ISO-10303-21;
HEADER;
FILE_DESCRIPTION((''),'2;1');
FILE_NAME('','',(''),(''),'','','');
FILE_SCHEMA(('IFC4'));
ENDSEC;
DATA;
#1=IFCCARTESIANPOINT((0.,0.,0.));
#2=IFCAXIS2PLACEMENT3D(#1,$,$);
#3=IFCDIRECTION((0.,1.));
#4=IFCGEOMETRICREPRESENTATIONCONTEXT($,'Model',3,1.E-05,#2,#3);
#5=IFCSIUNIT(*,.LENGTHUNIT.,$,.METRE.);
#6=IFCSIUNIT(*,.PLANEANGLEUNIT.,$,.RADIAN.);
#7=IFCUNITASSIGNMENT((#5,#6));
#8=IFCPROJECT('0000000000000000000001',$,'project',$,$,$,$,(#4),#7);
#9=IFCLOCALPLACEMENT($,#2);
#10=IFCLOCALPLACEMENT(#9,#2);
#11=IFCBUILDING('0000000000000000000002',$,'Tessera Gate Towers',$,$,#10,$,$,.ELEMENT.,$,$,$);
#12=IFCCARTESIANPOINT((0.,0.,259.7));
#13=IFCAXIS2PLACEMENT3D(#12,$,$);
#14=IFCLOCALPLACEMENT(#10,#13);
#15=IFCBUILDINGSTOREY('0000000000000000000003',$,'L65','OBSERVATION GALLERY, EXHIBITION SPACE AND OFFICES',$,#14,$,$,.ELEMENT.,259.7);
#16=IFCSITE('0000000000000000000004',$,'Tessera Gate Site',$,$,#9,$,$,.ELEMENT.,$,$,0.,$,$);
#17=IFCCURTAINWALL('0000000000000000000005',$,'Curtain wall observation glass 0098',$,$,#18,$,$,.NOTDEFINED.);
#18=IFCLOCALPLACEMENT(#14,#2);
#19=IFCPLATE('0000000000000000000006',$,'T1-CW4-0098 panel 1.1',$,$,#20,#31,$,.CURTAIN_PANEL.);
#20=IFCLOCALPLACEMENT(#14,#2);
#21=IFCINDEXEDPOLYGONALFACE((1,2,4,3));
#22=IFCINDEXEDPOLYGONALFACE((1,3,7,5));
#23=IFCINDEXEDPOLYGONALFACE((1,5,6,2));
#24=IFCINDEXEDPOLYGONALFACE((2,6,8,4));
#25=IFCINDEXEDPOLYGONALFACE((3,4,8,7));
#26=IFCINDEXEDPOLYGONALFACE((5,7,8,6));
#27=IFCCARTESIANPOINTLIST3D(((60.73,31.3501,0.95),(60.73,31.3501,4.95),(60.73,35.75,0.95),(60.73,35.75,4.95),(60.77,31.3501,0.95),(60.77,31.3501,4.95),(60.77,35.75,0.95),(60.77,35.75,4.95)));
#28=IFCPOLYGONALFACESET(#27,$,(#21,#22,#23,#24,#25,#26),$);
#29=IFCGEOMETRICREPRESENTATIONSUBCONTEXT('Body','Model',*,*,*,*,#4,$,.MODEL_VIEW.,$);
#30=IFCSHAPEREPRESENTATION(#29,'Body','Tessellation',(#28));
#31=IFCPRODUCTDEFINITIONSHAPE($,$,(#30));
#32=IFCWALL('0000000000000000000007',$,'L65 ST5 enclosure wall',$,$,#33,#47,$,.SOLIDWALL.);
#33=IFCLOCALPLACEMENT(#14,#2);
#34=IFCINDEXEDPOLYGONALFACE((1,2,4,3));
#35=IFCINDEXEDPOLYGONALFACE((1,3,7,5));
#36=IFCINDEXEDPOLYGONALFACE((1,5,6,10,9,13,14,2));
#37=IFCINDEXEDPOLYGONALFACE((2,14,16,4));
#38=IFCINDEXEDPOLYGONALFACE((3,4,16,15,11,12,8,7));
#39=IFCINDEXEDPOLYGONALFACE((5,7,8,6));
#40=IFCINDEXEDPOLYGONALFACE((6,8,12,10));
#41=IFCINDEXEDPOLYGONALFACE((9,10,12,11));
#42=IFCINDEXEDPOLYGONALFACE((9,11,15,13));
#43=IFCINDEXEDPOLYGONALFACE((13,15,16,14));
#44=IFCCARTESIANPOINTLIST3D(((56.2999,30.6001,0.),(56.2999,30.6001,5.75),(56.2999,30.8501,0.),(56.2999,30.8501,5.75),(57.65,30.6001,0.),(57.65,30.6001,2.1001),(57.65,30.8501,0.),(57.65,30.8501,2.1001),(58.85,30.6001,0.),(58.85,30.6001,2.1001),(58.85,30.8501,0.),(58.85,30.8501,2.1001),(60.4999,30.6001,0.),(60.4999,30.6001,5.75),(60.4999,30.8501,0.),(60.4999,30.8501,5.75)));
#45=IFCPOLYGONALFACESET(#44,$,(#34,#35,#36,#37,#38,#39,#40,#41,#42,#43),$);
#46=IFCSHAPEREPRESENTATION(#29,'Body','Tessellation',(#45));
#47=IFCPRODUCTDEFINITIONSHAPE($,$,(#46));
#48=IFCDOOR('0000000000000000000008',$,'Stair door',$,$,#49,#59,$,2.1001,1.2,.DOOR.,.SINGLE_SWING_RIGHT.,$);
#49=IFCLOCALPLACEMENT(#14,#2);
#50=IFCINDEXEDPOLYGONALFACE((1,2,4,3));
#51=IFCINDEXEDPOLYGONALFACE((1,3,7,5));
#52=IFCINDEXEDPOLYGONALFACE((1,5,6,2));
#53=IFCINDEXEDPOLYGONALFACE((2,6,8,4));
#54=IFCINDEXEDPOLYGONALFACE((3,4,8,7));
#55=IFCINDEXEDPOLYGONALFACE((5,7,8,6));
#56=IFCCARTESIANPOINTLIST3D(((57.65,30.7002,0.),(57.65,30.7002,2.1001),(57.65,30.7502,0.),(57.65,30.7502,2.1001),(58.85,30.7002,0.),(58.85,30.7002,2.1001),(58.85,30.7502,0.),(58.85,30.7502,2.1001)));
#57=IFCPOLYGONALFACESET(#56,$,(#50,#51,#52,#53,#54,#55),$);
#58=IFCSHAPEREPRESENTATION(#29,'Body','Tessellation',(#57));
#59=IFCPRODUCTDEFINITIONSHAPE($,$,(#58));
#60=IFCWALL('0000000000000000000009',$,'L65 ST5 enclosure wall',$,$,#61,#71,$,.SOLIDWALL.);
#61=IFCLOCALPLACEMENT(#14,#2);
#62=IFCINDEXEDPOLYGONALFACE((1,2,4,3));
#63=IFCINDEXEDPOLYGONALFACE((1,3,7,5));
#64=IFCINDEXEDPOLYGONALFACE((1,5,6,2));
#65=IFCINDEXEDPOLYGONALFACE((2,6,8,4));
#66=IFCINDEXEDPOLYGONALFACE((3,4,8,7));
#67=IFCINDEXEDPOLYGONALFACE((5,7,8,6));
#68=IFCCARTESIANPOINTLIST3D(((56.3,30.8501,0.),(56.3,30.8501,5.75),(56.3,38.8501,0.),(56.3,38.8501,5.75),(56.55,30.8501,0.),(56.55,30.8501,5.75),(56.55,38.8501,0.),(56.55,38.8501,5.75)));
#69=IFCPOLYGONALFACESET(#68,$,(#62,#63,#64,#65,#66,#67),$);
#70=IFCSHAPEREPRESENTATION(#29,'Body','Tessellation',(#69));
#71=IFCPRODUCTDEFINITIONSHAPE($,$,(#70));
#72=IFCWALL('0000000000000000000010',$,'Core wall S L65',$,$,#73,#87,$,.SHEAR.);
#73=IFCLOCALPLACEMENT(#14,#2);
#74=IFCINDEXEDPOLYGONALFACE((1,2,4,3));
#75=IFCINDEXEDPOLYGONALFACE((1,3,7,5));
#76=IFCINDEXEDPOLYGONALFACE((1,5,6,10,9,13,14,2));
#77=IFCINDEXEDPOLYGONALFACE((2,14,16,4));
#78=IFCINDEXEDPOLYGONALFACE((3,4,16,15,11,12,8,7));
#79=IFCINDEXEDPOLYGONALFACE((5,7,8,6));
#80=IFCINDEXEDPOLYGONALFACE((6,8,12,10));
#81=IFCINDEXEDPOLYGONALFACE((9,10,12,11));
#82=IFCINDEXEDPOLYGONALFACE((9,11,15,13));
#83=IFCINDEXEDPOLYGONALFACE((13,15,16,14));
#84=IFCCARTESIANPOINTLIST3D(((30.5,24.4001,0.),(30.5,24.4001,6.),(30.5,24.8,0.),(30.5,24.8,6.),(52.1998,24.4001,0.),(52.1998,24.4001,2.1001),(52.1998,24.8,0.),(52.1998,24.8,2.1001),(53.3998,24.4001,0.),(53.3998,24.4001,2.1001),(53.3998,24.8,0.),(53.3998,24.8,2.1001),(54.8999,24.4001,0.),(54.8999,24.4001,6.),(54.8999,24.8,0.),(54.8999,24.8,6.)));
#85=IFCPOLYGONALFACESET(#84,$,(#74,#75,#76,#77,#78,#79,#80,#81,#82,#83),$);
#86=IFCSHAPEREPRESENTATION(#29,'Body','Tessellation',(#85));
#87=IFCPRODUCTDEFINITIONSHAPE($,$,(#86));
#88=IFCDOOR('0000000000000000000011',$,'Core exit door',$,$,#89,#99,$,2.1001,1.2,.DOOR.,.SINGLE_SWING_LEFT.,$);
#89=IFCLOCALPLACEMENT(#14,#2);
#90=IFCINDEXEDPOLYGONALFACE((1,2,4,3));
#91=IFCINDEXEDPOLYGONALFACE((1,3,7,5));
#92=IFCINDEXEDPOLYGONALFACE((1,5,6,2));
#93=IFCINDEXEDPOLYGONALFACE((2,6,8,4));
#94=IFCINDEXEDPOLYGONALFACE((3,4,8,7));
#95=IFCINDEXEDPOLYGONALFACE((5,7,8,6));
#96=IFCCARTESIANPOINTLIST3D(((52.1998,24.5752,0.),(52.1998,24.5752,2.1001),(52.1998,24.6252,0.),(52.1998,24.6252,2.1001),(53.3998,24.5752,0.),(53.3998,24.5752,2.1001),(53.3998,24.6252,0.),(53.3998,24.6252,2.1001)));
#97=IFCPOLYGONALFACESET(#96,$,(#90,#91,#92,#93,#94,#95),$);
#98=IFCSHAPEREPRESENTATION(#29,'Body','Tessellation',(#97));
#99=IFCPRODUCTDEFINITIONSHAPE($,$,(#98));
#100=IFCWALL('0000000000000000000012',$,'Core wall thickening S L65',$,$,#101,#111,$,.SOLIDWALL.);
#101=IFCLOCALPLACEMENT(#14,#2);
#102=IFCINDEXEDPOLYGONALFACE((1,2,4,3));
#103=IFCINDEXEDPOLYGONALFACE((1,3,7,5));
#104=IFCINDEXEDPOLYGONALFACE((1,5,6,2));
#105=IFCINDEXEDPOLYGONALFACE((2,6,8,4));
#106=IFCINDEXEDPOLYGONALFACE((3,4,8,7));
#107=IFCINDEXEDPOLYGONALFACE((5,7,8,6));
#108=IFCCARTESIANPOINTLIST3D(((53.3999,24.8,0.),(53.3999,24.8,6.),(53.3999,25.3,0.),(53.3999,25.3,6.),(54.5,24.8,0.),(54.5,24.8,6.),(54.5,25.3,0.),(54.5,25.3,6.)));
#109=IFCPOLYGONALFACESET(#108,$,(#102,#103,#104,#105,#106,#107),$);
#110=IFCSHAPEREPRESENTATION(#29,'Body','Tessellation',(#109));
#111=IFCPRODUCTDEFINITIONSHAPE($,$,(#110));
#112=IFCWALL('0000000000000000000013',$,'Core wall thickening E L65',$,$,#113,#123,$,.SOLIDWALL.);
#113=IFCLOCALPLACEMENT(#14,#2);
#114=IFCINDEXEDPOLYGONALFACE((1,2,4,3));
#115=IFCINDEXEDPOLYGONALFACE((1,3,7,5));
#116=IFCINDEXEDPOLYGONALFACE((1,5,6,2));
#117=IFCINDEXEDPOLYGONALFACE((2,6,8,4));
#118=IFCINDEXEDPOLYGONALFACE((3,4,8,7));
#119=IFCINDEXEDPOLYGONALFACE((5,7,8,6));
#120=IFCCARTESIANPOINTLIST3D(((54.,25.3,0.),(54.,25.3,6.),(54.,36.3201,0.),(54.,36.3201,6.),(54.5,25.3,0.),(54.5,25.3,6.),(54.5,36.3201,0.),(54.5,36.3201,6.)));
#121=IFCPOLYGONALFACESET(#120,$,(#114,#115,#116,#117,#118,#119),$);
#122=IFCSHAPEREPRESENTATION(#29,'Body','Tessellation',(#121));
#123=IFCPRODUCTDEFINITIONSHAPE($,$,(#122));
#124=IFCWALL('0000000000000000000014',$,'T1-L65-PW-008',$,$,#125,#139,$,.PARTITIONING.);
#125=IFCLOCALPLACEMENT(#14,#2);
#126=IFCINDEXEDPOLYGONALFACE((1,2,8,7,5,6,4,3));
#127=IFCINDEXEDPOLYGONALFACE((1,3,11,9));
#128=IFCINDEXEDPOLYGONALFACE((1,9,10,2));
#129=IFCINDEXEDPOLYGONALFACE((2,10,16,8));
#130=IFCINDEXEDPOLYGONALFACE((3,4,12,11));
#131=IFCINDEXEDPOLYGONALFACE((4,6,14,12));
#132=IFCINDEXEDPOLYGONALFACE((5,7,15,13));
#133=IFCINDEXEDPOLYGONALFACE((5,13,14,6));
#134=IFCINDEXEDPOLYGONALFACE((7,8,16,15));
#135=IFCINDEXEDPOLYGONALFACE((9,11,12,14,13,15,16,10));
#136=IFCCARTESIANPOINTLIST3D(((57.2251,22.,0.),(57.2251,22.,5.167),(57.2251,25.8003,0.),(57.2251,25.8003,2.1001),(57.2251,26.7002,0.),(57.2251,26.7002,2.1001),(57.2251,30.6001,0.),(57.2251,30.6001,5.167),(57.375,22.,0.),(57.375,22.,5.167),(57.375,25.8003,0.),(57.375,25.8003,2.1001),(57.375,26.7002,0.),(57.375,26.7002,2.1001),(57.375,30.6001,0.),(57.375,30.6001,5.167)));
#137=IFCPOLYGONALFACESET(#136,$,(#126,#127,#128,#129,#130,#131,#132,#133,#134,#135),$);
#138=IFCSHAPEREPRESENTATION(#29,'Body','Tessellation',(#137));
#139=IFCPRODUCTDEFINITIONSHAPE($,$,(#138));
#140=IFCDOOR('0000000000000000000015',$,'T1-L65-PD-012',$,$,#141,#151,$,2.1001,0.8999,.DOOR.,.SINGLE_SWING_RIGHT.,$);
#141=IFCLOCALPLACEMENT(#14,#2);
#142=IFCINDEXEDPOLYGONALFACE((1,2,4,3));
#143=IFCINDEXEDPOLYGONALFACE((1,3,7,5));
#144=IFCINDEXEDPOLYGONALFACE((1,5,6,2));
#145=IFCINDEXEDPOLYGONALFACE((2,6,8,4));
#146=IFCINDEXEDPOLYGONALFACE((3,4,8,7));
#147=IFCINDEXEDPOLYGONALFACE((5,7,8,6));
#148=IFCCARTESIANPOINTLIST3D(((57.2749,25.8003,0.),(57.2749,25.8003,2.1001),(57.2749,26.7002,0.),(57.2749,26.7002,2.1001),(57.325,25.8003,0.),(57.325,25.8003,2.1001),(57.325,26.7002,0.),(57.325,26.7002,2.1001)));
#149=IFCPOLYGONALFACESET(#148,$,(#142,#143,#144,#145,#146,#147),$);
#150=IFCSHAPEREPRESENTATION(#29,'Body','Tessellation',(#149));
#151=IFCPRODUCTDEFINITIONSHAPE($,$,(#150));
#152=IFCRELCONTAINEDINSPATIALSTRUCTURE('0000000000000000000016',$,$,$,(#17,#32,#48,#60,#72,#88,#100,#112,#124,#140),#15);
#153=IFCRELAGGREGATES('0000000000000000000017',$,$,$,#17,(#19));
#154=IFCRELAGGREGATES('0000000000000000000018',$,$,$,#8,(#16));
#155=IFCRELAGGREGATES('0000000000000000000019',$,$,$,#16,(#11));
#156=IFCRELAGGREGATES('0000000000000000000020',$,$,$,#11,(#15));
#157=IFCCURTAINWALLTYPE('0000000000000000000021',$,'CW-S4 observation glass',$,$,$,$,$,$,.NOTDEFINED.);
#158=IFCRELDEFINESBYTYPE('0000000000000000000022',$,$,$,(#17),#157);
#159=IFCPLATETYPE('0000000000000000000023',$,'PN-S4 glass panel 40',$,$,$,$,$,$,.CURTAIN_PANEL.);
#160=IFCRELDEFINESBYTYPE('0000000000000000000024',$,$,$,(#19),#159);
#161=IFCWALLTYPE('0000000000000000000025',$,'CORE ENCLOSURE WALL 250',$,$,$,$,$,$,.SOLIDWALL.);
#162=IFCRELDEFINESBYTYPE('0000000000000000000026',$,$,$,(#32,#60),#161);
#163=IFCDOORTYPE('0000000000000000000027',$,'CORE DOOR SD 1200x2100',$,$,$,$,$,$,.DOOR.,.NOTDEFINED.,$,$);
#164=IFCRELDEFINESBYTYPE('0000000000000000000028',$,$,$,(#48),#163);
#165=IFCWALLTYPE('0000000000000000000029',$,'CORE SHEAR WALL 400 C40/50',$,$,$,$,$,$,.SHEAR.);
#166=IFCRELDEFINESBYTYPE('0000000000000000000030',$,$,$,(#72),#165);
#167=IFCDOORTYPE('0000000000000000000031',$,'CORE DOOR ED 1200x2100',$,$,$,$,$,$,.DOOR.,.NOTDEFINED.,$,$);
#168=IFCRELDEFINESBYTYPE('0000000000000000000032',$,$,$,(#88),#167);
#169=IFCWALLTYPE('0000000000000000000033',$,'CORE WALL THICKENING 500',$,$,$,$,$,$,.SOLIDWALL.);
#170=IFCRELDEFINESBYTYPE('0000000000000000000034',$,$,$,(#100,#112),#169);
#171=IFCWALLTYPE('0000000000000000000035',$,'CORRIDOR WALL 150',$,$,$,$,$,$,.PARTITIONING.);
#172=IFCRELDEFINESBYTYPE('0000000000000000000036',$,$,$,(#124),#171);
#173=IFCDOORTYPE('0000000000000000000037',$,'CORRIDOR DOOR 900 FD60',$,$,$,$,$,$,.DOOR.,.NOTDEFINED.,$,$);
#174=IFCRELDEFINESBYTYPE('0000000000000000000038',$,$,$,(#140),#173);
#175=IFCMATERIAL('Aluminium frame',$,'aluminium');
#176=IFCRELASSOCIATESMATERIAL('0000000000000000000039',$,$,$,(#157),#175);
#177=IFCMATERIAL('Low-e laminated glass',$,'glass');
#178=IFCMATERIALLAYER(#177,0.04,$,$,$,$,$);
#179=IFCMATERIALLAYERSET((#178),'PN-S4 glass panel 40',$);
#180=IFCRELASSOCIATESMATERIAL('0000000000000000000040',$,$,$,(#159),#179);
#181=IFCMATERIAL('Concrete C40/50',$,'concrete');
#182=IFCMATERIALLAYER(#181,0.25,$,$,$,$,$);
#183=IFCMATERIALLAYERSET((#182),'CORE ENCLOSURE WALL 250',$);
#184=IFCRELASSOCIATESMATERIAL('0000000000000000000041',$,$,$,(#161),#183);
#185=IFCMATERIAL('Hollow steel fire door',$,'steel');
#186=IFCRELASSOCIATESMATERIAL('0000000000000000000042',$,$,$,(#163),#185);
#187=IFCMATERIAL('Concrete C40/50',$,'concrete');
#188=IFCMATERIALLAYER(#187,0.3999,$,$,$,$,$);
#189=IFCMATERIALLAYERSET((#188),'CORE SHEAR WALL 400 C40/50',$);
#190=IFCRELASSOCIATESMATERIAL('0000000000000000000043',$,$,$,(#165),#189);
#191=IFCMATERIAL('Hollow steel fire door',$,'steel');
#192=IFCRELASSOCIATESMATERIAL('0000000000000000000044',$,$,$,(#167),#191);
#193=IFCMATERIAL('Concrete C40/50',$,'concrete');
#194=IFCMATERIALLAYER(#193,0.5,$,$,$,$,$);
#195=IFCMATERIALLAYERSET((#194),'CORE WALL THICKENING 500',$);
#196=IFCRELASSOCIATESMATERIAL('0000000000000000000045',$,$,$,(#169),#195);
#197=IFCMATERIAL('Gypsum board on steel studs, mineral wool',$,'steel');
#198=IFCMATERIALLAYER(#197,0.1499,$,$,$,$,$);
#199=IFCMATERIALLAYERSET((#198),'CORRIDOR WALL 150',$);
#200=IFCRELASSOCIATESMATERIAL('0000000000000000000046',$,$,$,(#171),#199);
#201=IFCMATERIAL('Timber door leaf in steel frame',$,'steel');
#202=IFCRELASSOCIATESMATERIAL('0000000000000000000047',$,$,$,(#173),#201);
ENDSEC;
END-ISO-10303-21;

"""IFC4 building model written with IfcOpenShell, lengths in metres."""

from ifc_helpers import new_model, si_unit, direction, frame, frame_2d, origin, origin_2d, place, context, subcontext, project, spatial, rectangle, extrude, source, transform, mapped, material, layer, layer_set, type_object, element, fill, aggregate, save


model = new_model("IFC4")

# Units and contexts
model_context = context("Model", 3, precision=1e-05, world=origin(), true_north=direction((0.0, 1.0)))
body_context = subcontext(model_context, "Body", "Model", "MODEL_VIEW")
ifc_project = project(units=[si_unit("LENGTHUNIT", "METRE"), si_unit("PLANEANGLEUNIT", "RADIAN")], contexts=[model_context])

# Site, building, storey
site_placement = place(None, origin())
site = spatial("IfcSite", under=ifc_project, at=site_placement, Name="Tessera Gate Site", CompositionType="ELEMENT", RefElevation=0.0)
building_placement = place(site_placement, origin())
building = spatial("IfcBuilding", under=site, at=building_placement, Name="Tessera Gate Towers", CompositionType="ELEMENT")
storey_placement = place(building_placement, frame((0.0, 0.0, 259.7)))
storey = spatial("IfcBuildingStorey", under=building, at=storey_placement, Name="L65", Description="OBSERVATION GALLERY, EXHIBITION SPACE AND OFFICES", CompositionType="ELEMENT", Elevation=259.7)

# Curtain wall
ifc_material_1 = material(Name="Aluminium frame", Category="aluminium")
curtain_wall_type = type_object("IfcCurtainWallType", Name="CW-S4 observation glass", PredefinedType="NOTDEFINED", material=ifc_material_1)
curtain_wall_1_placement = place(storey_placement, origin())
curtain_wall_1 = element("IfcCurtainWall", 1, at=curtain_wall_1_placement, inside=storey, type_object=curtain_wall_type, Name="Curtain wall observation glass 0098", PredefinedType="NOTDEFINED")

# Plate
ifc_material_2 = material(Name="Low-e laminated glass", Category="glass")
ifc_layer_1 = layer(ifc_material_2, 0.04)
ifc_layer_set_1 = layer_set([ifc_layer_1], Name="PN-S4 glass panel 40")
plate_type = type_object("IfcPlateType", Name="PN-S4 glass panel 40", PredefinedType="CURTAIN_PANEL", material=ifc_layer_set_1)
plate_1_placement = place(storey_placement, frame((60.75, 33.55, 0.95), z_axis=(0.0, 0.0, 1.0), x_axis=(0.0, 1.0, 0.0)))
plate_1 = element("IfcPlate", 2, at=plate_1_placement, type_object=plate_type, Name="T1-CW4-0098 panel 1.1", PredefinedType="CURTAIN_PANEL", context=body_context, shape_type="SweptSolid", body=[
    extrude(rectangle(XDim=4.3999, YDim=0.04, at=origin_2d()), origin(), (0.0, 0.0, 1.0), 4.0),
])
aggregate(curtain_wall_1, [plate_1])

# Wall, opening, door
ifc_material_3 = material(Name="Concrete C40/50", Category="concrete")
ifc_layer_2 = layer(ifc_material_3, 0.25)
ifc_layer_set_2 = layer_set([ifc_layer_2], Name="CORE ENCLOSURE WALL 250")
wall_type_1 = type_object("IfcWallType", Name="CORE ENCLOSURE WALL 250", PredefinedType="SOLIDWALL", material=ifc_layer_set_2)
wall_1_placement = place(storey_placement, frame((60.5, 30.7251, 0.0), z_axis=(0.0, 0.0, 1.0), x_axis=(-1.0, 0.0, 0.0)))
wall_1 = element("IfcWall", 3, at=wall_1_placement, inside=storey, type_object=wall_type_1, Name="L65 ST5 enclosure wall", PredefinedType="SOLIDWALL", context=body_context, shape_type="SweptSolid", body=[
    extrude(rectangle(XDim=4.2, YDim=0.25, at=frame_2d((2.1001, 0.0))), origin(), (0.0, 0.0, 1.0), 5.75),
])
shared_shape_1 = source(origin(), body_context, "Body", "SweptSolid", [
    extrude(rectangle(XDim=1.2, YDim=2.1001, at=frame_2d((0.6001, 1.05))), frame((0.0, 0.135, 0.0), z_axis=(0.0, -1.0, 0.0), x_axis=(1.0, 0.0, 0.0)), (0.0, 0.0, 1.0), 0.27),
])
opening_1_placement = place(wall_1_placement, frame((1.6499, 0.0, 0.0)))
opening_1 = element("IfcOpeningElement", 4, at=opening_1_placement, cuts=wall_1, PredefinedType="OPENING", context=body_context, shape_type="MappedRepresentation", body=[
    mapped(shared_shape_1, transform((0.0, 0.0, 0.0), scale=1.0)),
])
ifc_material_4 = material(Name="Hollow steel fire door", Category="steel")
door_type_1 = type_object("IfcDoorType", Name="CORE DOOR SD 1200x2100", OperationType="NOTDEFINED", PredefinedType="DOOR", material=ifc_material_4)
shared_shape_2 = source(origin(), body_context, "Body", "SweptSolid", [
    extrude(rectangle(XDim=1.2, YDim=2.1001, at=frame_2d((0.6001, 1.05))), frame((0.0, 0.0249, 0.0), z_axis=(0.0, -1.0, 0.0), x_axis=(1.0, 0.0, 0.0)), (0.0, 0.0, 1.0), 0.05),
])
door_1_placement = place(opening_1_placement, origin())
door_1 = element("IfcDoor", 5, at=door_1_placement, inside=storey, type_object=door_type_1, Name="Stair door", OperationType="SINGLE_SWING_RIGHT", OverallHeight=2.1001, OverallWidth=1.2, PredefinedType="DOOR", context=body_context, shape_type="MappedRepresentation", body=[
    mapped(shared_shape_2, transform((0.0, 0.0, 0.0), scale=1.0)),
])
fill(opening_1, door_1)

# Wall
wall_2_placement = place(storey_placement, frame((56.425, 30.8501, 0.0), z_axis=(0.0, 0.0, 1.0), x_axis=(0.0, 1.0, 0.0)))
element("IfcWall", 6, at=wall_2_placement, inside=storey, type_object=wall_type_1, Name="L65 ST5 enclosure wall", PredefinedType="SOLIDWALL", context=body_context, shape_type="SweptSolid", body=[
    extrude(rectangle(XDim=8.0, YDim=0.25, at=frame_2d((4.0, 0.0))), origin(), (0.0, 0.0, 1.0), 5.75),
])

# Wall, opening, door
ifc_material_5 = material(Name="Concrete C40/50", Category="concrete")
ifc_layer_3 = layer(ifc_material_5, 0.3999)
ifc_layer_set_3 = layer_set([ifc_layer_3], Name="CORE SHEAR WALL 400 C40/50")
wall_type_2 = type_object("IfcWallType", Name="CORE SHEAR WALL 400 C40/50", PredefinedType="SHEAR", material=ifc_layer_set_3)
wall_3_placement = place(storey_placement, frame((54.8999, 24.6001, 0.0), z_axis=(0.0, 0.0, 1.0), x_axis=(-1.0, 0.0, 0.0)))
wall_3 = element("IfcWall", 7, at=wall_3_placement, inside=storey, type_object=wall_type_2, Name="Core wall S L65", PredefinedType="SHEAR", context=body_context, shape_type="SweptSolid", body=[
    extrude(rectangle(XDim=24.3999, YDim=0.3999, at=frame_2d((12.2, 0.0))), origin(), (0.0, 0.0, 1.0), 6.0),
])
shared_shape_3 = source(origin(), body_context, "Body", "SweptSolid", [
    extrude(rectangle(XDim=1.2, YDim=2.1001, at=frame_2d((0.6001, 1.05))), frame((0.0, 0.21, 0.0), z_axis=(0.0, -1.0, 0.0), x_axis=(1.0, 0.0, 0.0)), (0.0, 0.0, 1.0), 0.4199),
])
opening_2_placement = place(wall_3_placement, frame((1.5, 0.0, 0.0)))
opening_2 = element("IfcOpeningElement", 8, at=opening_2_placement, cuts=wall_3, PredefinedType="OPENING", context=body_context, shape_type="MappedRepresentation", body=[
    mapped(shared_shape_3, transform((0.0, 0.0, 0.0), scale=1.0)),
])
ifc_material_6 = material(Name="Hollow steel fire door", Category="steel")
door_type_2 = type_object("IfcDoorType", Name="CORE DOOR ED 1200x2100", OperationType="NOTDEFINED", PredefinedType="DOOR", material=ifc_material_6)
door_2_placement = place(opening_2_placement, origin())
door_2 = element("IfcDoor", 9, at=door_2_placement, inside=storey, type_object=door_type_2, Name="Core exit door", OperationType="SINGLE_SWING_LEFT", OverallHeight=2.1001, OverallWidth=1.2, PredefinedType="DOOR", context=body_context, shape_type="MappedRepresentation", body=[
    mapped(shared_shape_2, transform((0.0, 0.0, 0.0), scale=1.0)),
])
fill(opening_2, door_2)

# Walls
ifc_material_7 = material(Name="Concrete C40/50", Category="concrete")
ifc_layer_4 = layer(ifc_material_7, 0.5)
ifc_layer_set_4 = layer_set([ifc_layer_4], Name="CORE WALL THICKENING 500")
wall_type_3 = type_object("IfcWallType", Name="CORE WALL THICKENING 500", PredefinedType="SOLIDWALL", material=ifc_layer_set_4)
wall_4_placement = place(storey_placement, frame((53.3999, 25.05, 0.0), z_axis=(0.0, 0.0, 1.0), x_axis=(1.0, 0.0, 0.0)))
element("IfcWall", 10, at=wall_4_placement, inside=storey, type_object=wall_type_3, Name="Core wall thickening S L65", PredefinedType="SOLIDWALL", context=body_context, shape_type="SweptSolid", body=[
    extrude(rectangle(XDim=1.1001, YDim=0.5, at=frame_2d((0.55, 0.0))), origin(), (0.0, 0.0, 1.0), 6.0),
])
wall_5_placement = place(storey_placement, frame((54.25, 25.3, 0.0), z_axis=(0.0, 0.0, 1.0), x_axis=(0.0, 1.0, 0.0)))
element("IfcWall", 11, at=wall_5_placement, inside=storey, type_object=wall_type_3, Name="Core wall thickening E L65", PredefinedType="SOLIDWALL", context=body_context, shape_type="SweptSolid", body=[
    extrude(rectangle(XDim=11.02, YDim=0.5, at=frame_2d((5.51, 0.0))), origin(), (0.0, 0.0, 1.0), 6.0),
])

# Wall, opening, door
ifc_material_8 = material(Name="Gypsum board on steel studs, mineral wool", Category="steel")
ifc_layer_5 = layer(ifc_material_8, 0.1499)
ifc_layer_set_5 = layer_set([ifc_layer_5], Name="CORRIDOR WALL 150")
wall_type_4 = type_object("IfcWallType", Name="CORRIDOR WALL 150", PredefinedType="PARTITIONING", material=ifc_layer_set_5)
wall_6_placement = place(storey_placement, frame((57.3, 30.6001, 0.0), z_axis=(0.0, 0.0, 1.0), x_axis=(0.0, -1.0, 0.0)))
wall_6 = element("IfcWall", 12, at=wall_6_placement, inside=storey, type_object=wall_type_4, Name="T1-L65-PW-008", PredefinedType="PARTITIONING", context=body_context, shape_type="SweptSolid", body=[
    extrude(rectangle(XDim=8.6001, YDim=0.1499, at=frame_2d((4.3, 0.0))), origin(), (0.0, 0.0, 1.0), 5.167),
])
shared_shape_4 = source(origin(), body_context, "Body", "SweptSolid", [
    extrude(rectangle(XDim=0.8999, YDim=2.1001, at=frame_2d((0.45, 1.05))), frame((0.0, 0.085, 0.0), z_axis=(0.0, -1.0, 0.0), x_axis=(1.0, 0.0, 0.0)), (0.0, 0.0, 1.0), 0.1699),
])
opening_3_placement = place(wall_6_placement, frame((3.8999, 0.0, 0.0)))
opening_3 = element("IfcOpeningElement", 13, at=opening_3_placement, cuts=wall_6, PredefinedType="OPENING", context=body_context, shape_type="MappedRepresentation", body=[
    mapped(shared_shape_4, transform((0.0, 0.0, 0.0), scale=1.0)),
])
ifc_material_9 = material(Name="Timber door leaf in steel frame", Category="steel")
door_type_3 = type_object("IfcDoorType", Name="CORRIDOR DOOR 900 FD60", OperationType="NOTDEFINED", PredefinedType="DOOR", material=ifc_material_9)
shared_shape_5 = source(origin(), body_context, "Body", "SweptSolid", [
    extrude(rectangle(XDim=0.8999, YDim=2.1001, at=frame_2d((0.45, 1.05))), frame((0.0, 0.0249, 0.0), z_axis=(0.0, -1.0, 0.0), x_axis=(1.0, 0.0, 0.0)), (0.0, 0.0, 1.0), 0.05),
])
door_3_placement = place(opening_3_placement, origin())
door_3 = element("IfcDoor", 14, at=door_3_placement, inside=storey, type_object=door_type_3, Name="T1-L65-PD-012", OperationType="SINGLE_SWING_RIGHT", OverallHeight=2.1001, OverallWidth=0.8999, PredefinedType="DOOR", context=body_context, shape_type="MappedRepresentation", body=[
    mapped(shared_shape_5, transform((0.0, 0.0, 0.0), scale=1.0)),
])
fill(opening_3, door_3)

save(model, "model.ifc")
